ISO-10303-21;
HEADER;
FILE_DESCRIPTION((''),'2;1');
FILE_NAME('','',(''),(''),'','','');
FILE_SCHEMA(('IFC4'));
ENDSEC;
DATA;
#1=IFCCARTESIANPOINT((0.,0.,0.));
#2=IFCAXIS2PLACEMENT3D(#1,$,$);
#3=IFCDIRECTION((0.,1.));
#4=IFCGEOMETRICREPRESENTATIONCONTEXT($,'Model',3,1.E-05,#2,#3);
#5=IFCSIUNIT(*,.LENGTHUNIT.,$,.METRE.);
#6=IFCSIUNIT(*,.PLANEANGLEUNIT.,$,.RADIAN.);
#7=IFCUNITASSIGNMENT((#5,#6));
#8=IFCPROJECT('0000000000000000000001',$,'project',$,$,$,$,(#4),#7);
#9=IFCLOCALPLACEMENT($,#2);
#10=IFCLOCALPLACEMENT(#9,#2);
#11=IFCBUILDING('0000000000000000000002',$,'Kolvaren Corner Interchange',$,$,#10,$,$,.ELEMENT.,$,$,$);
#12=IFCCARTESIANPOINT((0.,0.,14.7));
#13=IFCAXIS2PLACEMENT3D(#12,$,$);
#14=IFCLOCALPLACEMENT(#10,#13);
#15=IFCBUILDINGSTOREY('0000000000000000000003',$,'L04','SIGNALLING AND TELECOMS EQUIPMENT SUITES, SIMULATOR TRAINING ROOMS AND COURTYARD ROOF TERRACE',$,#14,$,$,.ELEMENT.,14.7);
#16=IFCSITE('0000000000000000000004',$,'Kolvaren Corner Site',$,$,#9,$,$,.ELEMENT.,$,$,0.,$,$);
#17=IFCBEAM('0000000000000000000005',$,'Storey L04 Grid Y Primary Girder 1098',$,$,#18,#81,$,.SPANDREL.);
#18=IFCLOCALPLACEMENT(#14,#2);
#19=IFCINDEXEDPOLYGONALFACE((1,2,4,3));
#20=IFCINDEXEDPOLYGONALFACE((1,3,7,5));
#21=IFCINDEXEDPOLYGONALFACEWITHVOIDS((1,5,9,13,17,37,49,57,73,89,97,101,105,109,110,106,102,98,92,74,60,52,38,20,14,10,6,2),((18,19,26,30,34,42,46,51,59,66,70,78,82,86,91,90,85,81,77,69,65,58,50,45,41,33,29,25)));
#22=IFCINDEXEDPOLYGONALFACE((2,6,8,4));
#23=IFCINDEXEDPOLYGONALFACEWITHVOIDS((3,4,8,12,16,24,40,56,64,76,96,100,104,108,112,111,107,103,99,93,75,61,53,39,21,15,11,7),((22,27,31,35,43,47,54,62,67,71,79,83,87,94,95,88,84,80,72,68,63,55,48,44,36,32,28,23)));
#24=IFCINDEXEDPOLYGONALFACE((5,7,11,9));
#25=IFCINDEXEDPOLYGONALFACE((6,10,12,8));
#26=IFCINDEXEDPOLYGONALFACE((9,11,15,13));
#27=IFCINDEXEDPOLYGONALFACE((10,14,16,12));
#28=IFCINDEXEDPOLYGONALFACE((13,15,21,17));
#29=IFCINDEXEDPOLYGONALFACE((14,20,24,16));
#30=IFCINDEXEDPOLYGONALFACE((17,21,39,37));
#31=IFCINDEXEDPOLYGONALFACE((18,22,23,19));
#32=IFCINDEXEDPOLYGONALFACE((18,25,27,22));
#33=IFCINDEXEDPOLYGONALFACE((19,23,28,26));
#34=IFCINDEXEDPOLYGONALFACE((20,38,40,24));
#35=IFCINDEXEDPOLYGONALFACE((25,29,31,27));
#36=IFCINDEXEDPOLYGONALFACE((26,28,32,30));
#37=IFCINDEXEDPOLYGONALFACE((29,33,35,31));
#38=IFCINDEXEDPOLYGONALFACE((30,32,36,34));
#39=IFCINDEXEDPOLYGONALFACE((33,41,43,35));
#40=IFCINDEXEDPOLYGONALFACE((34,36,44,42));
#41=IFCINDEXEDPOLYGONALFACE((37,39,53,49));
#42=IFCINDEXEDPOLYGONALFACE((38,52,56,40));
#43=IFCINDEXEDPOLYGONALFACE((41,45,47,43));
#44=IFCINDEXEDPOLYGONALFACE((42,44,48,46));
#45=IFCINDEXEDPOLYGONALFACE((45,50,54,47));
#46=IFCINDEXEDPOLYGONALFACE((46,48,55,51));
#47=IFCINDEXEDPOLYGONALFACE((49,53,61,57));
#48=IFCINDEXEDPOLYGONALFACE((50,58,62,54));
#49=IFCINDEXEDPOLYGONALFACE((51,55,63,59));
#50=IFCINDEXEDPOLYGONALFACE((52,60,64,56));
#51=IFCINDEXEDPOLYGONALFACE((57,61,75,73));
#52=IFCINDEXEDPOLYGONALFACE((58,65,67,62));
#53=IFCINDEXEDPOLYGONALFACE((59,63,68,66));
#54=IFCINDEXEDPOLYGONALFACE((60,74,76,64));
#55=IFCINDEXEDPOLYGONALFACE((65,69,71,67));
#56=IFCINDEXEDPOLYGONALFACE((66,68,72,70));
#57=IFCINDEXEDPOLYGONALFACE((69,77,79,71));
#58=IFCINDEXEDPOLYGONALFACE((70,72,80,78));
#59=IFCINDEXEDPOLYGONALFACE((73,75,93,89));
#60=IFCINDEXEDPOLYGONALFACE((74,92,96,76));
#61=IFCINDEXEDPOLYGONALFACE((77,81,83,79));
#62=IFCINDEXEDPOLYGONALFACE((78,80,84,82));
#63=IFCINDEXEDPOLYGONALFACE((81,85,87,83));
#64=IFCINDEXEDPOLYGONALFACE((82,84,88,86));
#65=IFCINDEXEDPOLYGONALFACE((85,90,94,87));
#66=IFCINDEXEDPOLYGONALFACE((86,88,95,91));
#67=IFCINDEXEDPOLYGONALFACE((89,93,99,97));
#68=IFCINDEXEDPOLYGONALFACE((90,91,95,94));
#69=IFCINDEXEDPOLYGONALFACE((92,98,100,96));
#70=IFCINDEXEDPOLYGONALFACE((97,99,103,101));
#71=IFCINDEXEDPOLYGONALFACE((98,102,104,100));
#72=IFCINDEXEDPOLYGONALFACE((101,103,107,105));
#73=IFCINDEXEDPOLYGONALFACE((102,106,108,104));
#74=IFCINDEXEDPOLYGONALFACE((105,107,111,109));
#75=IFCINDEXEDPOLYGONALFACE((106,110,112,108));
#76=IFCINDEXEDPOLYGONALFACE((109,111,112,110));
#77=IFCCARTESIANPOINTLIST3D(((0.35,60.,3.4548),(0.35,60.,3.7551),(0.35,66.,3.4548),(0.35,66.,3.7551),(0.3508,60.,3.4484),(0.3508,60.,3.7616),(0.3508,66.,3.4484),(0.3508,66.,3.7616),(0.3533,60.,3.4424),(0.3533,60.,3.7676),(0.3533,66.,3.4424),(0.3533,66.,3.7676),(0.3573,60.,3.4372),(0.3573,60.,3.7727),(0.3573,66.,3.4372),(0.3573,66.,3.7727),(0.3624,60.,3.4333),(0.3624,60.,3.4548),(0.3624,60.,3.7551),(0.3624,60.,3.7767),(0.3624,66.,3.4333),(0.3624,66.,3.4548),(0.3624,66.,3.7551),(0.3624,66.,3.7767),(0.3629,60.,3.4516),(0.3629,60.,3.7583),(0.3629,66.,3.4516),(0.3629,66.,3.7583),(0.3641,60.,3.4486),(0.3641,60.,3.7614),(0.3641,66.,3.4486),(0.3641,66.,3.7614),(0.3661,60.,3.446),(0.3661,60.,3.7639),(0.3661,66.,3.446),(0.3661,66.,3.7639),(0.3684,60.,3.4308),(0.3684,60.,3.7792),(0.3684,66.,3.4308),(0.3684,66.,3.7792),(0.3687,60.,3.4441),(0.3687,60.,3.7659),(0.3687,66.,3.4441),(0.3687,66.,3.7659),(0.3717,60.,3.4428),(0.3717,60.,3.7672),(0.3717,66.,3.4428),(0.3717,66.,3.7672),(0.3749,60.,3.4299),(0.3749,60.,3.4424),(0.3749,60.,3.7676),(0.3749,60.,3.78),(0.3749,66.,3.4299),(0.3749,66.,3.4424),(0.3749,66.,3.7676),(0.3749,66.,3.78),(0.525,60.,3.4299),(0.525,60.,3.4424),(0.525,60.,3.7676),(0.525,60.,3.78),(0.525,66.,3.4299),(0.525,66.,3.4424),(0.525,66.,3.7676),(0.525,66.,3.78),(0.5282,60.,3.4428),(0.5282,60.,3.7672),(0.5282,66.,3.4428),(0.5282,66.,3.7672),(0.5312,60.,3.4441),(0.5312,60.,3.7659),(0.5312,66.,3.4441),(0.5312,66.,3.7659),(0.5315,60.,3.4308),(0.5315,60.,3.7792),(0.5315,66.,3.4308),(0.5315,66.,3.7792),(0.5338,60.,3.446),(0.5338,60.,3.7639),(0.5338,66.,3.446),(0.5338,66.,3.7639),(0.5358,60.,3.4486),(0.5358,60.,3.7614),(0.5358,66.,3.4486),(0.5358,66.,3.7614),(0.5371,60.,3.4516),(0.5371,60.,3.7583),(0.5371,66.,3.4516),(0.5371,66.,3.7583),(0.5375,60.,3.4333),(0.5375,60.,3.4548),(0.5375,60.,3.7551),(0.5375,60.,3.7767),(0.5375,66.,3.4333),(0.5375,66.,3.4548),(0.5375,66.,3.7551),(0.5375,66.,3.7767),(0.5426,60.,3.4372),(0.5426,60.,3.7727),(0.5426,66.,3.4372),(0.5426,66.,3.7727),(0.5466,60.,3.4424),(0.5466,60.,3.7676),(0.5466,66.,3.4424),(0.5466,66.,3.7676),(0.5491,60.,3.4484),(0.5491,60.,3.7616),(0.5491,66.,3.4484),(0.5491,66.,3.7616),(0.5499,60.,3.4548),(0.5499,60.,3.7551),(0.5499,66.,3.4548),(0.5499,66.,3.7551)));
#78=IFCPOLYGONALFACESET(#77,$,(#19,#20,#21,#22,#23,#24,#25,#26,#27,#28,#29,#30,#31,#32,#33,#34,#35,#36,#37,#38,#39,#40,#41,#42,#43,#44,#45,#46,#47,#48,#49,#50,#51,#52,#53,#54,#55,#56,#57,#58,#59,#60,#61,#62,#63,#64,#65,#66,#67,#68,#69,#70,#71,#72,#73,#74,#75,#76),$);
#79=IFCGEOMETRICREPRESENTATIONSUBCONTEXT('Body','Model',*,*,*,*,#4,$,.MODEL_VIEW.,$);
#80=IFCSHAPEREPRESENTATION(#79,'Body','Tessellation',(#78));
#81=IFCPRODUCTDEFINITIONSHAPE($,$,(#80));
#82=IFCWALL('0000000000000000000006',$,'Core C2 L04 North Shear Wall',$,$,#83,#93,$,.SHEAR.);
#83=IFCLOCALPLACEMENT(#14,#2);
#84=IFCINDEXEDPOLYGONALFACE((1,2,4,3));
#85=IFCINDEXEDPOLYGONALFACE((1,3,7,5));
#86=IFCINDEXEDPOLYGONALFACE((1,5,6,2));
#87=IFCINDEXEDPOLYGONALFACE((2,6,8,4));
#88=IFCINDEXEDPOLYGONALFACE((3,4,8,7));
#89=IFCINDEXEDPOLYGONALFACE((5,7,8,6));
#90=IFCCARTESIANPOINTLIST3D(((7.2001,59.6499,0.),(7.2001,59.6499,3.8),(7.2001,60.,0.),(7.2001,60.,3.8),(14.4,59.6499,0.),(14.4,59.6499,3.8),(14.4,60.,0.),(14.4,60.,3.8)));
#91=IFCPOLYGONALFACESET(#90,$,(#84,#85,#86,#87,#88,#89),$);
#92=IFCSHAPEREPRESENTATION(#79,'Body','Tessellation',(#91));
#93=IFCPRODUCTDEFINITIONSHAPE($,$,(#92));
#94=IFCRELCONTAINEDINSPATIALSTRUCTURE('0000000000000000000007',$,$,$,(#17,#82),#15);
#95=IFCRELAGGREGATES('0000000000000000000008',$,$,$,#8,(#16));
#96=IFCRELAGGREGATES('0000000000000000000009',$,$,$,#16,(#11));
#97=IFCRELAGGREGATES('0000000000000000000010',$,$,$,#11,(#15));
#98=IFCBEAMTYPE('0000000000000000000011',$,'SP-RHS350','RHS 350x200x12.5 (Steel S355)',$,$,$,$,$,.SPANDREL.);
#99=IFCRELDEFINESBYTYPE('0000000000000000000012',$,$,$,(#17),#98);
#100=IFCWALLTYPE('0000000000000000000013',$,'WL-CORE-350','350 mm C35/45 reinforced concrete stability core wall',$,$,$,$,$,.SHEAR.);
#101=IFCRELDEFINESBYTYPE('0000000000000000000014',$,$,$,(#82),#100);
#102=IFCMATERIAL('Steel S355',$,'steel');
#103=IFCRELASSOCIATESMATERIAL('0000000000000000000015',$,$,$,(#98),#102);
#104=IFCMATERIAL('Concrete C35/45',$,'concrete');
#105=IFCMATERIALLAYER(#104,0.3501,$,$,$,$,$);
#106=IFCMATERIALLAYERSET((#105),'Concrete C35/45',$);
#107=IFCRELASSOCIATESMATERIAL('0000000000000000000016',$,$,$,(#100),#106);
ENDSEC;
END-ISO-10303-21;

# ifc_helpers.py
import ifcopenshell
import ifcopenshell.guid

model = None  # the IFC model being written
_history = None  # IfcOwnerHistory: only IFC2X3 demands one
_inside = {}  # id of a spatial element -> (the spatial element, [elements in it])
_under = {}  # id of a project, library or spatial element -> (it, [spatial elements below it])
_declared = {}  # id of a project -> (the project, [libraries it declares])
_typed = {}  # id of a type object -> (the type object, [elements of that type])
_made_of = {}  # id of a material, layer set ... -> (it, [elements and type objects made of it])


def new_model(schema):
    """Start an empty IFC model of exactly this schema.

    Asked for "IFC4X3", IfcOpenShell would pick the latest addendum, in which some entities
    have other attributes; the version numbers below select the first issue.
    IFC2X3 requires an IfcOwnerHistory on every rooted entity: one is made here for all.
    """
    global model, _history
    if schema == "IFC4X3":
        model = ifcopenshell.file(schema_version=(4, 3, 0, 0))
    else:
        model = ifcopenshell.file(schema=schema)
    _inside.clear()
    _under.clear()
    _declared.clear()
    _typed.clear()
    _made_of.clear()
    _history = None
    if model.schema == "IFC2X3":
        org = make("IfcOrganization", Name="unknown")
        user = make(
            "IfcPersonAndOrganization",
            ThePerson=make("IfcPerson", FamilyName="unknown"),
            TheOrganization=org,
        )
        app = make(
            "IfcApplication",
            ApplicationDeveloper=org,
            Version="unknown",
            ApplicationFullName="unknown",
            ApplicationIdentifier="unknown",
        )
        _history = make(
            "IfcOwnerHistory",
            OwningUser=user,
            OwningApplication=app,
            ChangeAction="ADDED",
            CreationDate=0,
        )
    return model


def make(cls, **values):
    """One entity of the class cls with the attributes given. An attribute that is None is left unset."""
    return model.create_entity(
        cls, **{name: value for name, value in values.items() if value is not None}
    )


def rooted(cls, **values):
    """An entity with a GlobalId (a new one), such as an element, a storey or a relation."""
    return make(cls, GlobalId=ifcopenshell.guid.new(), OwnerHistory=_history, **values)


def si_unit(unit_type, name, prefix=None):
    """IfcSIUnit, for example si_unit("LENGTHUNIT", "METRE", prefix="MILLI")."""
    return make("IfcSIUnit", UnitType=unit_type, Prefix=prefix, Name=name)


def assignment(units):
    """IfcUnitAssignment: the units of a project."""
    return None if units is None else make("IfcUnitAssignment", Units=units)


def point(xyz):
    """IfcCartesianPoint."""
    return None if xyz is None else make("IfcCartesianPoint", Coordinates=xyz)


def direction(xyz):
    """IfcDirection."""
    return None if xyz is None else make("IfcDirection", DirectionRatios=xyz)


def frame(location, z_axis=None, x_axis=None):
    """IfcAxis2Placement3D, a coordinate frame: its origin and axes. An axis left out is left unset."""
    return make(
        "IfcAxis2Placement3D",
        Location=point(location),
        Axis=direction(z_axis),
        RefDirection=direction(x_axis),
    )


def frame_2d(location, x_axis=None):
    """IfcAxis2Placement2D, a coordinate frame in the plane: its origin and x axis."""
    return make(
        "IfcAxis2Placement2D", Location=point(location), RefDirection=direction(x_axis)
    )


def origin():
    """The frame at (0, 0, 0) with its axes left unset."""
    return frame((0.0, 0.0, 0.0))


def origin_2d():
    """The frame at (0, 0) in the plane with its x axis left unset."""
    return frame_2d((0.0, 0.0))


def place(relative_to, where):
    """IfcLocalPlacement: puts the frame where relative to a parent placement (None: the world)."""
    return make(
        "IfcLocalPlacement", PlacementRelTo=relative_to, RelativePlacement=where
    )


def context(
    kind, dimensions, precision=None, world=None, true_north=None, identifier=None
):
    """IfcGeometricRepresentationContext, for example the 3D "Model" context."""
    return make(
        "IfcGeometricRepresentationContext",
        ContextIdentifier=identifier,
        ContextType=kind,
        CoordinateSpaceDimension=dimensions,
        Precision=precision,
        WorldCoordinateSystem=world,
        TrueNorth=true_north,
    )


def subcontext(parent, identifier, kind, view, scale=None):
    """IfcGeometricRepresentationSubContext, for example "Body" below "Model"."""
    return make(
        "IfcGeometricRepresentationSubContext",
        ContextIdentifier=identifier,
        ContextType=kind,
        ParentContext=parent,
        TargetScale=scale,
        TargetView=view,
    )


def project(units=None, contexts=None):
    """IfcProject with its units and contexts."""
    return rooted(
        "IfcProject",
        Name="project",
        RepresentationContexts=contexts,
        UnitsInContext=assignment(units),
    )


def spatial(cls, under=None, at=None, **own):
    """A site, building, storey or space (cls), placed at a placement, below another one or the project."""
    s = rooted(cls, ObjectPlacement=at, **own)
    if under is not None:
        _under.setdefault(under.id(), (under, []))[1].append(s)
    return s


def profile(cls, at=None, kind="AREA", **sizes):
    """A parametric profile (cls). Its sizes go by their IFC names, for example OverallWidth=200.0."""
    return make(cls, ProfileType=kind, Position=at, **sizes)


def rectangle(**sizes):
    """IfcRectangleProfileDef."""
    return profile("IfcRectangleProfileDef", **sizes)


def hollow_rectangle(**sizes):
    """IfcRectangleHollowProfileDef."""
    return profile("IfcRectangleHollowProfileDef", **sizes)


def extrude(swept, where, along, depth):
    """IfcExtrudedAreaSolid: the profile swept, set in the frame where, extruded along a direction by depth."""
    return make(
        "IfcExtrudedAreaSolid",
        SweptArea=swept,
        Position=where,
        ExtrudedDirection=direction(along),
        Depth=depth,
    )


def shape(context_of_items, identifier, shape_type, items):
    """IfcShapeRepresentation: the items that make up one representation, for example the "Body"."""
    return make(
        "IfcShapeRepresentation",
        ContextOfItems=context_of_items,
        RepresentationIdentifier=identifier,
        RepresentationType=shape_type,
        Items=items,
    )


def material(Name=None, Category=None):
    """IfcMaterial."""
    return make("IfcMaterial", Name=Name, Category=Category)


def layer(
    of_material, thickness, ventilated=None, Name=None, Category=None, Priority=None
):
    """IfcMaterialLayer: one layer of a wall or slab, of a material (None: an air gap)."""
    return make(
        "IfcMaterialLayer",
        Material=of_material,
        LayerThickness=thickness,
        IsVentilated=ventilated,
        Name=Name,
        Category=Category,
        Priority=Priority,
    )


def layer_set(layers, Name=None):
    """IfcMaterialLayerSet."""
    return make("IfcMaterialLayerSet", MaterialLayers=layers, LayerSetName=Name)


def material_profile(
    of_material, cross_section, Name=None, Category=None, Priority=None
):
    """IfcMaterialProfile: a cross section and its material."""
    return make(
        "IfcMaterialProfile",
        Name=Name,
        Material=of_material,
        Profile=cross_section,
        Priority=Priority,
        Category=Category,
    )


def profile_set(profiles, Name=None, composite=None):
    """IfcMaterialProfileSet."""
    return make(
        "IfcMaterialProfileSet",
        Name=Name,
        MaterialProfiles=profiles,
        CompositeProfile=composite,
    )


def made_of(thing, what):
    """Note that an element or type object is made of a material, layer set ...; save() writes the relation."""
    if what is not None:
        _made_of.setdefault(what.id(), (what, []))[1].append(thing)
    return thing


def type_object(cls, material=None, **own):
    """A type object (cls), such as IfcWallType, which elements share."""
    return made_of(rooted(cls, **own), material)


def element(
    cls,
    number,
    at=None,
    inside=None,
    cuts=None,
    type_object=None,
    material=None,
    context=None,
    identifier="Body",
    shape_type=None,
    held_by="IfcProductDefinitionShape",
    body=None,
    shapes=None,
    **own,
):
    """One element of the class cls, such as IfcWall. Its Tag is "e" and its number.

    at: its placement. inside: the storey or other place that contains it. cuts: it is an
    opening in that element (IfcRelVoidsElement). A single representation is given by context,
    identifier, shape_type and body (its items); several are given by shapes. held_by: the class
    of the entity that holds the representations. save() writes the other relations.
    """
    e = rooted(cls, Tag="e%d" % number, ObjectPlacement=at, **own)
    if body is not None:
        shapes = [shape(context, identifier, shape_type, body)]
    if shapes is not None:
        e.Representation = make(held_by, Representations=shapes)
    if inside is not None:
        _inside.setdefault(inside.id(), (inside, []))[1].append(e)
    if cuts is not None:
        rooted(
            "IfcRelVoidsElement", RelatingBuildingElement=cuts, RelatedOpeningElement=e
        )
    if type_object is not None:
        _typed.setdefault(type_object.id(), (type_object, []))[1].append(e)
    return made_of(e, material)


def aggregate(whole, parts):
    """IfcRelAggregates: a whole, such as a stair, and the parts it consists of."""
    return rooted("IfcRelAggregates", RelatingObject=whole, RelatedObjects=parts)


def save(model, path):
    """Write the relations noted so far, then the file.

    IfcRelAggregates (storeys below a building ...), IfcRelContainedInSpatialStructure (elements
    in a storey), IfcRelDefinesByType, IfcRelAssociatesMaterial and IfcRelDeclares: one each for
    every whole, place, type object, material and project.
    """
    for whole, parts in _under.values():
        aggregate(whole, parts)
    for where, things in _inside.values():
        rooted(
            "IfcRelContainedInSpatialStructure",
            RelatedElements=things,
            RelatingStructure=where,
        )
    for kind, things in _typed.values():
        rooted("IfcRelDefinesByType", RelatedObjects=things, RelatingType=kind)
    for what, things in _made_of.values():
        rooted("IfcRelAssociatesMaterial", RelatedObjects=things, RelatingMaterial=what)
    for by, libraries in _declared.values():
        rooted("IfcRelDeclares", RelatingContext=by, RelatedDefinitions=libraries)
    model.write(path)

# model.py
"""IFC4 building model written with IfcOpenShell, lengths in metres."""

from ifc_helpers import new_model, si_unit, direction, frame, frame_2d, origin, origin_2d, place, context, subcontext, project, spatial, rectangle, hollow_rectangle, extrude, material, layer, layer_set, material_profile, profile_set, type_object, element, save


model = new_model("IFC4")

# Units and contexts
model_context = context("Model", 3, precision=1e-05, world=origin(), true_north=direction((0.0, 1.0)))
body_context = subcontext(model_context, "Body", "Model", "MODEL_VIEW")
ifc_project = project(units=[si_unit("LENGTHUNIT", "METRE"), si_unit("PLANEANGLEUNIT", "RADIAN")], contexts=[model_context])

# Site, building, storey
site_placement = place(None, origin())
site = spatial("IfcSite", under=ifc_project, at=site_placement, Name="Kolvaren Corner Site", CompositionType="ELEMENT", RefElevation=0.0)
building_placement = place(site_placement, origin())
building = spatial("IfcBuilding", under=site, at=building_placement, Name="Kolvaren Corner Interchange", CompositionType="ELEMENT")
storey_placement = place(building_placement, frame((0.0, 0.0, 14.7)))
storey = spatial("IfcBuildingStorey", under=building, at=storey_placement, Name="L04", Description="SIGNALLING AND TELECOMS EQUIPMENT SUITES, SIMULATOR TRAINING ROOMS AND COURTYARD ROOF TERRACE", CompositionType="ELEMENT", Elevation=14.7)

# Beam
ifc_material_1 = material(Name="Steel S355", Category="steel")
ifc_material_profile_1 = material_profile(ifc_material_1, hollow_rectangle(XDim=0.2, YDim=0.3501, WallThickness=0.0125, InnerFilletRadius=0.0125, OuterFilletRadius=0.0249, at=origin_2d()), Name="RHS 350x200x12.5")
ifc_profile_set_1 = profile_set([ifc_material_profile_1], Name="Steel S355")
beam_type_1 = type_object("IfcBeamType", Name="SP-RHS350", Description="RHS 350x200x12.5 (Steel S355)", PredefinedType="SPANDREL", material=ifc_profile_set_1)
beam_1_placement = place(storey_placement, frame((0.45, 60.0, 3.605), z_axis=(0.0, 1.0, 0.0), x_axis=(-1.0, 0.0, 0.0)))
element("IfcBeam", 1, at=beam_1_placement, inside=storey, type_object=beam_type_1, Name="Storey L04 Grid Y Primary Girder 1098", PredefinedType="SPANDREL", context=body_context, shape_type="SweptSolid", body=[
    extrude(hollow_rectangle(XDim=0.2, YDim=0.3501, WallThickness=0.0125, InnerFilletRadius=0.0125, OuterFilletRadius=0.0249, at=origin_2d()), origin(), (0.0, 0.0, 1.0), 6.0),
])

# Wall
ifc_material_2 = material(Name="Concrete C35/45", Category="concrete")
ifc_layer_1 = layer(ifc_material_2, 0.3501)
ifc_layer_set_1 = layer_set([ifc_layer_1], Name="Concrete C35/45")
wall_type_1 = type_object("IfcWallType", Name="WL-CORE-350", Description="350 mm C35/45 reinforced concrete stability core wall", PredefinedType="SHEAR", material=ifc_layer_set_1)
wall_1_placement = place(storey_placement, frame((7.2, 59.825, 0.0), z_axis=(0.0, 0.0, 1.0), x_axis=(1.0, 0.0, 0.0)))
element("IfcWall", 2, at=wall_1_placement, inside=storey, type_object=wall_type_1, Name="Core C2 L04 North Shear Wall", PredefinedType="SHEAR", context=body_context, shape_type="SweptSolid", body=[
    extrude(rectangle(XDim=7.2, YDim=0.3501, at=frame_2d((3.6001, 0.0))), origin(), (0.0, 0.0, 1.0), 3.8),
])

save(model, "model.ifc")
